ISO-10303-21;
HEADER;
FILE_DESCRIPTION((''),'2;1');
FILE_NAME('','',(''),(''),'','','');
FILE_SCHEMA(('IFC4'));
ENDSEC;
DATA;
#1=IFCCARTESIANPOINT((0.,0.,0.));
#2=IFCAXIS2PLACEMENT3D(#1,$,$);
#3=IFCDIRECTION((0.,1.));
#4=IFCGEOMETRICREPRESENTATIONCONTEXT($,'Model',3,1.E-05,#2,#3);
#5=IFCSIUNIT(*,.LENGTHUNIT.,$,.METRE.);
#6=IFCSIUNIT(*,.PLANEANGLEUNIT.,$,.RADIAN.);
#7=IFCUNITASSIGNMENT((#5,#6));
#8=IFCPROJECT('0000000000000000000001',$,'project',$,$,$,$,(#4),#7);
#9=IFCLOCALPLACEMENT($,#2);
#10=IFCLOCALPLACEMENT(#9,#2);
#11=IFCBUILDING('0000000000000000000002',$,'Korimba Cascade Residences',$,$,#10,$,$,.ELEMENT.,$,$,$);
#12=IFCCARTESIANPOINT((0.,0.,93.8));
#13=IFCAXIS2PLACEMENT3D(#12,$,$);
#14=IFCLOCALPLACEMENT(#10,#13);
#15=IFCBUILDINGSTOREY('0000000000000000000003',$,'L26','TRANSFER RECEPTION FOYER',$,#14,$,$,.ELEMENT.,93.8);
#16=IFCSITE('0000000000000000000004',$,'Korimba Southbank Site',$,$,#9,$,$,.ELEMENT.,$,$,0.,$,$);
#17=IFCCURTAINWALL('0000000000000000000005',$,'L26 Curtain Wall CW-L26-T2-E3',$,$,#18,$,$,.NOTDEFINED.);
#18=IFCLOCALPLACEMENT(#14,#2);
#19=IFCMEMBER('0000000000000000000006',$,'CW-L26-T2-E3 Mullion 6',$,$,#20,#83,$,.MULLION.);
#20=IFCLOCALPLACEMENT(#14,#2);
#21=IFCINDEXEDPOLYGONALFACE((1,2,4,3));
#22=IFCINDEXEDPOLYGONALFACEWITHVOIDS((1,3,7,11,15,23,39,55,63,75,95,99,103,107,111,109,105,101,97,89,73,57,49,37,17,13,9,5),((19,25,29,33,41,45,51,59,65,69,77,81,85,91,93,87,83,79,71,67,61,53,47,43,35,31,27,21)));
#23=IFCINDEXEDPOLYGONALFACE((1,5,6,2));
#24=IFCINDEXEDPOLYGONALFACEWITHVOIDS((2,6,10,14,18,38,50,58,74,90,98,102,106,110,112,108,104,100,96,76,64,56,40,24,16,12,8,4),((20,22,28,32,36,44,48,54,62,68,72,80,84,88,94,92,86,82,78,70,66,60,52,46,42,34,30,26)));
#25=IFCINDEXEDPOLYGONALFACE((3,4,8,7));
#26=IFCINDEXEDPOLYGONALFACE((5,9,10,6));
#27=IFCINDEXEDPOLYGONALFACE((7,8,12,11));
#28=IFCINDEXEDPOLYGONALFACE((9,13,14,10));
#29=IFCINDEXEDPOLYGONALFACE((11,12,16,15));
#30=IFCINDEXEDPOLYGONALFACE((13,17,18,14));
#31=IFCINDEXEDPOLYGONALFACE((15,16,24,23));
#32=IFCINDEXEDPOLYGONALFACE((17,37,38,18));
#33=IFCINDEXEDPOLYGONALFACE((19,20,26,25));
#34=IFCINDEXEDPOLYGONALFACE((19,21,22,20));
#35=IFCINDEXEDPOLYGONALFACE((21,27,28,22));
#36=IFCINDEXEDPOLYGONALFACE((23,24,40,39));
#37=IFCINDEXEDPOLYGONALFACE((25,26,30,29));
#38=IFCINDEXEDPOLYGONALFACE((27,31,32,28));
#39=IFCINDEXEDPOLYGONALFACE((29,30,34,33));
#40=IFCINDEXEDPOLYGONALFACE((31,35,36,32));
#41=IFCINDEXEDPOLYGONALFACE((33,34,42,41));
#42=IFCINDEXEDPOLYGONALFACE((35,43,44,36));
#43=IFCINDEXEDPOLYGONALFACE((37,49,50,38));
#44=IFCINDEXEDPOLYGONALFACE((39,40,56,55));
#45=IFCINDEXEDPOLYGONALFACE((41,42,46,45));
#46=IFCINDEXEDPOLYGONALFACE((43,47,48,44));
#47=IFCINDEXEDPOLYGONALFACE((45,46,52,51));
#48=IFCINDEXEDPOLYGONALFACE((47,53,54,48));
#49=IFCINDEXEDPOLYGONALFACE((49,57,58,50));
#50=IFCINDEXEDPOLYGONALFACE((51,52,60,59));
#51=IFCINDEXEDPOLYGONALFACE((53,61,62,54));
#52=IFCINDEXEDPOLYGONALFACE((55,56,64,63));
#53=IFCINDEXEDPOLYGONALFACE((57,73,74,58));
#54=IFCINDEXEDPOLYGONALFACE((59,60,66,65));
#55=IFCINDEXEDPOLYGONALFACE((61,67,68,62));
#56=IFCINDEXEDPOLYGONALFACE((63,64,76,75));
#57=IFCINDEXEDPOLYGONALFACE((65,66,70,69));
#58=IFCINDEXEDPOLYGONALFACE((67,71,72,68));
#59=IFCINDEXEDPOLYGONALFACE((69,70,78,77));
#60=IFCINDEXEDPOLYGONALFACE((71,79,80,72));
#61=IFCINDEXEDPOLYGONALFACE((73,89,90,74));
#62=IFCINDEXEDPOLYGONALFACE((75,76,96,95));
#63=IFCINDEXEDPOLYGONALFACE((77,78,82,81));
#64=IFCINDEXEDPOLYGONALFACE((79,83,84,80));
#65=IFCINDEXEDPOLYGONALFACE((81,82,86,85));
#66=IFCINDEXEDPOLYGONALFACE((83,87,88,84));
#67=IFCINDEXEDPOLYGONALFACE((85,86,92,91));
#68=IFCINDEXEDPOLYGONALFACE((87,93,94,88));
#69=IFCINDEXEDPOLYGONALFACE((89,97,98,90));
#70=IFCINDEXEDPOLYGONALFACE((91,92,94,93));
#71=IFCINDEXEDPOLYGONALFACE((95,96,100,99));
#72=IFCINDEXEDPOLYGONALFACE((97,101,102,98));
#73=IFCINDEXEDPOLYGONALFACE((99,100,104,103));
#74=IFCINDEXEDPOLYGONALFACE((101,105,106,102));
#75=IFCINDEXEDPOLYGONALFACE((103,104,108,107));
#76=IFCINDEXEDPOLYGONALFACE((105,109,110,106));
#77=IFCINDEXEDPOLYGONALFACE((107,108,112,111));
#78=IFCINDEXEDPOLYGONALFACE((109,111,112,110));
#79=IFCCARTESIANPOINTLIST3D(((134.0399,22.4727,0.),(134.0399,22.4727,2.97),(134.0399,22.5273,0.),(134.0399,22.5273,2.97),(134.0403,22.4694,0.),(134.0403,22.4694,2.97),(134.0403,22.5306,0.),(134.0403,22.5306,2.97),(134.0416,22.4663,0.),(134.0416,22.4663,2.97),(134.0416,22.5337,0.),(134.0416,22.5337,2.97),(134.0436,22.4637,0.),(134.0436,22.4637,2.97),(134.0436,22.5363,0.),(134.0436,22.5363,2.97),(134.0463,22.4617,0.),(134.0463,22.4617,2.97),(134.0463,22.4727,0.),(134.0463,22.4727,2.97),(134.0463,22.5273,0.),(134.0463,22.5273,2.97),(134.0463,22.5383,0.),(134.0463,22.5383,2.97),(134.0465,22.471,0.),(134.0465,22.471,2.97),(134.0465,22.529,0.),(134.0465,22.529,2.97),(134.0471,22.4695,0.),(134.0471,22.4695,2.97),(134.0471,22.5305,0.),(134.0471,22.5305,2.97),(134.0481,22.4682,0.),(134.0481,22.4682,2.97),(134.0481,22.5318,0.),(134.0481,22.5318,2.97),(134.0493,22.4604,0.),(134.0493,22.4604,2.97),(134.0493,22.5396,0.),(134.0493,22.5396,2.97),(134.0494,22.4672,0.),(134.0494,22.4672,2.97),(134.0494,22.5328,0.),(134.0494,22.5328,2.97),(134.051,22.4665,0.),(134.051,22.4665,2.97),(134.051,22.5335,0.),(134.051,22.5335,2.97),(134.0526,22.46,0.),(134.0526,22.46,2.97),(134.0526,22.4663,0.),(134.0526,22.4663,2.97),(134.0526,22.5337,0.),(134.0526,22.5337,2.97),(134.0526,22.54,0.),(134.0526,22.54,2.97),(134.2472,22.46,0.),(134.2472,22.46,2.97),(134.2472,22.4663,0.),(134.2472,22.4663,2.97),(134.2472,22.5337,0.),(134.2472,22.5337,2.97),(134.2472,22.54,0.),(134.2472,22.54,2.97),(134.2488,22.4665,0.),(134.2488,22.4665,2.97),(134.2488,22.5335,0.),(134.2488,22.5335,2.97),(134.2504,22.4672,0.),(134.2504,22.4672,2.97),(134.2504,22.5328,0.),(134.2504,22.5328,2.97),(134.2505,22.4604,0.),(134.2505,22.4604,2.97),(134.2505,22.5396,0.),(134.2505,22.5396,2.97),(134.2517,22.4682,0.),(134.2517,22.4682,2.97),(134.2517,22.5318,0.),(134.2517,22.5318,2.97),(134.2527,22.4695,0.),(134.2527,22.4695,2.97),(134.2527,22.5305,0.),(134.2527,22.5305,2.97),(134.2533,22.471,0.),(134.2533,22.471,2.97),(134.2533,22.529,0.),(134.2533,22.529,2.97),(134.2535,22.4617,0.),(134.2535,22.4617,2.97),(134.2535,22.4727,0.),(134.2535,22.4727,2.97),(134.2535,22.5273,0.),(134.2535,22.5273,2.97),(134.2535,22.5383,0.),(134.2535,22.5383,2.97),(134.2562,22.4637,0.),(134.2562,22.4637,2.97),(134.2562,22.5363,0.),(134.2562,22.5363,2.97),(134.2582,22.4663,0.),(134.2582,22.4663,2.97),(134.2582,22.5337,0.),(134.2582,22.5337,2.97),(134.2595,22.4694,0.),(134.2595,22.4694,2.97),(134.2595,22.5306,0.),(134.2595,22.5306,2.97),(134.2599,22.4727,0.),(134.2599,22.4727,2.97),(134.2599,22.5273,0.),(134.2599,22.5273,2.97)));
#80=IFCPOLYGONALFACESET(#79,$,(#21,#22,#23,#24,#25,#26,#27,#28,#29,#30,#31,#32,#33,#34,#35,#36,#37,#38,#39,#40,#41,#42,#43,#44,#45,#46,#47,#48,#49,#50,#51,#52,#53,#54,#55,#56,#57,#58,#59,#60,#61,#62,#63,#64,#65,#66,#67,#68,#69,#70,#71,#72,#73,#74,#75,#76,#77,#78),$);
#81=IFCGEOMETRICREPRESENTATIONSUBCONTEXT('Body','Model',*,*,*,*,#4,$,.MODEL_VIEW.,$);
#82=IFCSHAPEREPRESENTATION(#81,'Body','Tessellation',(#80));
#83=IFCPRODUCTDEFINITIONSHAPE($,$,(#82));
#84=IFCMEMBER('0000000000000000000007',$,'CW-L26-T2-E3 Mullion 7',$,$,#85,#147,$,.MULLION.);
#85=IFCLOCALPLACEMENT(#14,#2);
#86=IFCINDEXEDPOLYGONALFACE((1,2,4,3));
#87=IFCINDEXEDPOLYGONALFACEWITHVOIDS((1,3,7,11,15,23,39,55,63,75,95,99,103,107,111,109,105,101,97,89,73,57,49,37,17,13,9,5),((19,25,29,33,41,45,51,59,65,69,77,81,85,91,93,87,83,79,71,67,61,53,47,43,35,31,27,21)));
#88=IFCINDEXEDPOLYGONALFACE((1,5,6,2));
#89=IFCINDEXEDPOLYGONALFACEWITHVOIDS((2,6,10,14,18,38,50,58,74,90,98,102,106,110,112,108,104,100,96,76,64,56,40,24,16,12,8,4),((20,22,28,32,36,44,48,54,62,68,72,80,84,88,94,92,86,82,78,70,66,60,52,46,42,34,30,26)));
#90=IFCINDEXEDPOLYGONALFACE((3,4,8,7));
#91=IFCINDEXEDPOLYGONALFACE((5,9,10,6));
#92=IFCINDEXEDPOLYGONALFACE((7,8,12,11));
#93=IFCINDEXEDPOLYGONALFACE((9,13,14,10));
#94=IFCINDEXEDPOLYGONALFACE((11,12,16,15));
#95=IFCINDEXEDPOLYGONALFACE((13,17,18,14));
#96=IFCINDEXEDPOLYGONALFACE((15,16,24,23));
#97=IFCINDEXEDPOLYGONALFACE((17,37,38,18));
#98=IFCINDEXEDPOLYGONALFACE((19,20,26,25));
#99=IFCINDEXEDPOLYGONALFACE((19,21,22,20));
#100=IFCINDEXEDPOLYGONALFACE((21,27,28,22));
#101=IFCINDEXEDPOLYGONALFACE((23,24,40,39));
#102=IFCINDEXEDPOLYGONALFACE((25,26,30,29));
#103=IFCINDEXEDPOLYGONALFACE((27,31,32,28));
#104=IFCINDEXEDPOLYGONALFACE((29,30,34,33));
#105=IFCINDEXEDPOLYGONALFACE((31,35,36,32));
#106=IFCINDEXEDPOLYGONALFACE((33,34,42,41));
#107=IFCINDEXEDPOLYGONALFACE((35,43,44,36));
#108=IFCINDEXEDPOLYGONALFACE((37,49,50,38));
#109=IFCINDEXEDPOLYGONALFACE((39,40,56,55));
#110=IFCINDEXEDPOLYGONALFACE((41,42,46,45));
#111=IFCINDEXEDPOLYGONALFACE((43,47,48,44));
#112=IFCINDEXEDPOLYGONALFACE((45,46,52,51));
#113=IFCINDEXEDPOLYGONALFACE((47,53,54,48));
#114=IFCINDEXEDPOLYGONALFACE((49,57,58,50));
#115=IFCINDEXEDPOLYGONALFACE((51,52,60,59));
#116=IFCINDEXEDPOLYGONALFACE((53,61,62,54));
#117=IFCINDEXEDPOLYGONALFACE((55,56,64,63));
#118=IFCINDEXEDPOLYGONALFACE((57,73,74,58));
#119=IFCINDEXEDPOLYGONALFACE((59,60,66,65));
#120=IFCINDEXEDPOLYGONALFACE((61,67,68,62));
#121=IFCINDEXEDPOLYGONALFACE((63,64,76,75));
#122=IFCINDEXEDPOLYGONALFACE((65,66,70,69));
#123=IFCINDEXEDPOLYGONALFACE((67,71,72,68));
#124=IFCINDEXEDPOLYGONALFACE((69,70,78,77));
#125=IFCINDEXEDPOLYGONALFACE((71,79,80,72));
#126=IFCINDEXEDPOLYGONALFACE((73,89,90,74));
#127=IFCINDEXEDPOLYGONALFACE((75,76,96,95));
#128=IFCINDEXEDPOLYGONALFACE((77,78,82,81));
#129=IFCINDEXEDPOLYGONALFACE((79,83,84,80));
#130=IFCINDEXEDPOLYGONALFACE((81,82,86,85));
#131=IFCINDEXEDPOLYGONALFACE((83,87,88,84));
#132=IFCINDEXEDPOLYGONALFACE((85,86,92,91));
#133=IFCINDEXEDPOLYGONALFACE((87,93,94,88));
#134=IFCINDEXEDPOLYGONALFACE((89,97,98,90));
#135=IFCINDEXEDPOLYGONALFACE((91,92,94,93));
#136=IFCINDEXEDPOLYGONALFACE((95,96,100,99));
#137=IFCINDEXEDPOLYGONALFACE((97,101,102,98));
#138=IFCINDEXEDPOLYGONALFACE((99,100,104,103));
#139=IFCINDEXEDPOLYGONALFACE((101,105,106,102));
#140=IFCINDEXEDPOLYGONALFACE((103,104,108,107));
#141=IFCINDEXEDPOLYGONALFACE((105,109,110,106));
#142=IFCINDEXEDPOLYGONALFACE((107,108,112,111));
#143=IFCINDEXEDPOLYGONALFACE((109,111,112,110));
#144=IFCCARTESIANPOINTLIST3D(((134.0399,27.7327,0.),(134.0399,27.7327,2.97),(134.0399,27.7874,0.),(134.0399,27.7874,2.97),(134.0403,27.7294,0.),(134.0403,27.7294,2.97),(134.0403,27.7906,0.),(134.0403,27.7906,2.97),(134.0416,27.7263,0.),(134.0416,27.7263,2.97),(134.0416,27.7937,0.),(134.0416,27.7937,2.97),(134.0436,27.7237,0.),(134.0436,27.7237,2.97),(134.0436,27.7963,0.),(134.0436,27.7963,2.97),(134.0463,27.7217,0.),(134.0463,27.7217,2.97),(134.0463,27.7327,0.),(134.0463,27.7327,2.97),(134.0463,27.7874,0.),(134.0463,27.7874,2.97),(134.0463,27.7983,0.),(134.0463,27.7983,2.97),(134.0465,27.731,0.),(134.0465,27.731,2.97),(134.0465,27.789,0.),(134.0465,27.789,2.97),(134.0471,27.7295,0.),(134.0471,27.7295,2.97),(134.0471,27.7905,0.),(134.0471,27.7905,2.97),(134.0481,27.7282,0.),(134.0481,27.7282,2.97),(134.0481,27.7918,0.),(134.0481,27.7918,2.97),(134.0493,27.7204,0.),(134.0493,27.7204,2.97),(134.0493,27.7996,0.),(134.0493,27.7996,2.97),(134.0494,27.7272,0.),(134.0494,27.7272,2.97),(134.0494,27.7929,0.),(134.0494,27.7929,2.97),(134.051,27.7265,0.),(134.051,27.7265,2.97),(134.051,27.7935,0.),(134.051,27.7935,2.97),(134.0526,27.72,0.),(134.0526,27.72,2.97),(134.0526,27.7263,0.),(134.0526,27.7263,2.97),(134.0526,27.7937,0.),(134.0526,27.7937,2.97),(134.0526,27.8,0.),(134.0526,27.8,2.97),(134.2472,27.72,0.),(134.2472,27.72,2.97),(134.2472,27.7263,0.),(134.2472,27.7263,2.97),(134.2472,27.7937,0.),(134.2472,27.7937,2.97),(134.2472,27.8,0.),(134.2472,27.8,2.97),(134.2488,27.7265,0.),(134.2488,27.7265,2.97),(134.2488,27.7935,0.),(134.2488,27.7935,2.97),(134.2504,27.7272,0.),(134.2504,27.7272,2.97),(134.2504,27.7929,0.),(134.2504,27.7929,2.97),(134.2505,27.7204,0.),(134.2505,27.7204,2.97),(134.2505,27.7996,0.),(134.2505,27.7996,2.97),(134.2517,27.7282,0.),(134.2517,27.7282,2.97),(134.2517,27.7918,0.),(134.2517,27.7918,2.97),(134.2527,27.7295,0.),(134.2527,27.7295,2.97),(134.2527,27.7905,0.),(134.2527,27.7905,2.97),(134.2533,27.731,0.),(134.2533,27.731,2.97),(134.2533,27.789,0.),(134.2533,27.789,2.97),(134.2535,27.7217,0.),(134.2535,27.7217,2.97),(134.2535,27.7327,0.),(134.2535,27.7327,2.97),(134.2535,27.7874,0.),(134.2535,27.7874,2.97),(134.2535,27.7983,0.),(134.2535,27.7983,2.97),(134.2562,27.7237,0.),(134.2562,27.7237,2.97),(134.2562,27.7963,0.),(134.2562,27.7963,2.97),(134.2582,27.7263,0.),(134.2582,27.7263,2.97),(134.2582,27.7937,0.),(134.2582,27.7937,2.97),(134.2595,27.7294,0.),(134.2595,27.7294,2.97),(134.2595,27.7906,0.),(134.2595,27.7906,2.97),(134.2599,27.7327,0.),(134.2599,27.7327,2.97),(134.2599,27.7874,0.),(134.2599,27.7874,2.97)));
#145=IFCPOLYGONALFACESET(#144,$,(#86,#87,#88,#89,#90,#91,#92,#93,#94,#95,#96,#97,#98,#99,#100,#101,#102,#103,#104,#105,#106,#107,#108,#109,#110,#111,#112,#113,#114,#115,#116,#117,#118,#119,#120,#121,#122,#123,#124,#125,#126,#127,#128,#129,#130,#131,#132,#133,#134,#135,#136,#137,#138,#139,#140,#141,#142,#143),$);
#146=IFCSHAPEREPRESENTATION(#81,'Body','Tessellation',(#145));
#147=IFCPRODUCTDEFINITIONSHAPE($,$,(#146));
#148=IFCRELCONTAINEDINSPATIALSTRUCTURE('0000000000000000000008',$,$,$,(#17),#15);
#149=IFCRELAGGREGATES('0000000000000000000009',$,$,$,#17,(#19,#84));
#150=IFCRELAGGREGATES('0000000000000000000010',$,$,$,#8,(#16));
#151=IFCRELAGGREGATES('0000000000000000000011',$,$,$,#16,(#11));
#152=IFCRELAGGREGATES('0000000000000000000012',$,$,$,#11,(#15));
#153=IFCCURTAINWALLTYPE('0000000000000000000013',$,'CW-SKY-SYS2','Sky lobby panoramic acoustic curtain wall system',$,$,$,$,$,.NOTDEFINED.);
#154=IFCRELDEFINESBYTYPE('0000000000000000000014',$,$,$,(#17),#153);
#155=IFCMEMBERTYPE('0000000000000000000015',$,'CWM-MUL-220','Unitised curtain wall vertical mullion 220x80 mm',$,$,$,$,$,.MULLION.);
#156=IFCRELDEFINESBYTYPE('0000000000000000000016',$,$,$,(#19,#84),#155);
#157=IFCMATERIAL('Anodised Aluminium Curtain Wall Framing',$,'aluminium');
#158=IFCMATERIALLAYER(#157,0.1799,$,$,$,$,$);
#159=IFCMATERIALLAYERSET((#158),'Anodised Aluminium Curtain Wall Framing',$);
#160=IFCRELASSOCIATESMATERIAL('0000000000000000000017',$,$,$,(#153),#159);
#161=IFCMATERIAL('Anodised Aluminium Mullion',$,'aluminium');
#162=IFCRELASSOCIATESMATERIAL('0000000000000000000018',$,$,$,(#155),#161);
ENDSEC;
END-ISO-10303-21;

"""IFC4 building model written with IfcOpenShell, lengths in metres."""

from ifc_helpers import new_model, si_unit, direction, frame, origin, origin_2d, place, context, subcontext, project, spatial, hollow_rectangle, extrude, material, layer, layer_set, material_profile, profile_set, type_object, element, aggregate, save


model = new_model("IFC4")

# Units and contexts
model_context = context("Model", 3, precision=1e-05, world=origin(), true_north=direction((0.0, 1.0)))
body_context = subcontext(model_context, "Body", "Model", "MODEL_VIEW")
ifc_project = project(units=[si_unit("LENGTHUNIT", "METRE"), si_unit("PLANEANGLEUNIT", "RADIAN")], contexts=[model_context])

# Site, building, storey
site_placement = place(None, origin())
site = spatial("IfcSite", under=ifc_project, at=site_placement, Name="Korimba Southbank Site", CompositionType="ELEMENT", RefElevation=0.0)
building_placement = place(site_placement, origin())
building = spatial("IfcBuilding", under=site, at=building_placement, Name="Korimba Cascade Residences", CompositionType="ELEMENT")
storey_placement = place(building_placement, frame((0.0, 0.0, 93.8)))
storey = spatial("IfcBuildingStorey", under=building, at=storey_placement, Name="L26", Description="TRANSFER RECEPTION FOYER", CompositionType="ELEMENT", Elevation=93.8)

# Curtain wall, members
ifc_material_1 = material(Name="Anodised Aluminium Curtain Wall Framing", Category="aluminium")
ifc_layer_1 = layer(ifc_material_1, 0.1799)
ifc_layer_set_1 = layer_set([ifc_layer_1], Name="Anodised Aluminium Curtain Wall Framing")
curtain_wall_type = type_object("IfcCurtainWallType", Name="CW-SKY-SYS2", Description="Sky lobby panoramic acoustic curtain wall system", PredefinedType="NOTDEFINED", material=ifc_layer_set_1)
curtain_wall_placement = place(storey_placement, origin())
curtain_wall = element("IfcCurtainWall", 1, at=curtain_wall_placement, inside=storey, type_object=curtain_wall_type, Name="L26 Curtain Wall CW-L26-T2-E3", PredefinedType="NOTDEFINED")
ifc_material_2 = material(Name="Anodised Aluminium Mullion", Category="aluminium")
ifc_material_profile_1 = material_profile(ifc_material_2, hollow_rectangle(XDim=0.0801, YDim=0.22, WallThickness=0.0063, InnerFilletRadius=0.0063, OuterFilletRadius=0.0127, at=origin_2d()), Name="Anodised Aluminium Mullion")
ifc_profile_set_1 = profile_set([ifc_material_profile_1], Name="Anodised Aluminium Mullion")
member_type_1 = type_object("IfcMemberType", Name="CWM-MUL-220", Description="Unitised curtain wall vertical mullion 220x80 mm", PredefinedType="MULLION", material=ifc_profile_set_1)
member_1_placement = place(storey_placement, frame((134.1499, 22.5, 0.0), z_axis=(0.0, 0.0, 1.0), x_axis=(0.0, 1.0, 0.0)))
member_1 = element("IfcMember", 2, at=member_1_placement, type_object=member_type_1, Name="CW-L26-T2-E3 Mullion 6", PredefinedType="MULLION", context=body_context, shape_type="SweptSolid", body=[
    extrude(hollow_rectangle(XDim=0.0801, YDim=0.22, WallThickness=0.0063, InnerFilletRadius=0.0063, OuterFilletRadius=0.0127, at=origin_2d()), origin(), (0.0, 0.0, 1.0), 2.97),
])
member_2_placement = place(storey_placement, frame((134.1499, 27.76, 0.0), z_axis=(0.0, 0.0, 1.0), x_axis=(0.0, 1.0, 0.0)))
member_2 = element("IfcMember", 3, at=member_2_placement, type_object=member_type_1, Name="CW-L26-T2-E3 Mullion 7", PredefinedType="MULLION", context=body_context, shape_type="SweptSolid", body=[
    extrude(hollow_rectangle(XDim=0.0801, YDim=0.22, WallThickness=0.0063, InnerFilletRadius=0.0063, OuterFilletRadius=0.0127, at=origin_2d()), origin(), (0.0, 0.0, 1.0), 2.97),
])
aggregate(curtain_wall, [member_1, member_2])

save(model, "model.ifc")
